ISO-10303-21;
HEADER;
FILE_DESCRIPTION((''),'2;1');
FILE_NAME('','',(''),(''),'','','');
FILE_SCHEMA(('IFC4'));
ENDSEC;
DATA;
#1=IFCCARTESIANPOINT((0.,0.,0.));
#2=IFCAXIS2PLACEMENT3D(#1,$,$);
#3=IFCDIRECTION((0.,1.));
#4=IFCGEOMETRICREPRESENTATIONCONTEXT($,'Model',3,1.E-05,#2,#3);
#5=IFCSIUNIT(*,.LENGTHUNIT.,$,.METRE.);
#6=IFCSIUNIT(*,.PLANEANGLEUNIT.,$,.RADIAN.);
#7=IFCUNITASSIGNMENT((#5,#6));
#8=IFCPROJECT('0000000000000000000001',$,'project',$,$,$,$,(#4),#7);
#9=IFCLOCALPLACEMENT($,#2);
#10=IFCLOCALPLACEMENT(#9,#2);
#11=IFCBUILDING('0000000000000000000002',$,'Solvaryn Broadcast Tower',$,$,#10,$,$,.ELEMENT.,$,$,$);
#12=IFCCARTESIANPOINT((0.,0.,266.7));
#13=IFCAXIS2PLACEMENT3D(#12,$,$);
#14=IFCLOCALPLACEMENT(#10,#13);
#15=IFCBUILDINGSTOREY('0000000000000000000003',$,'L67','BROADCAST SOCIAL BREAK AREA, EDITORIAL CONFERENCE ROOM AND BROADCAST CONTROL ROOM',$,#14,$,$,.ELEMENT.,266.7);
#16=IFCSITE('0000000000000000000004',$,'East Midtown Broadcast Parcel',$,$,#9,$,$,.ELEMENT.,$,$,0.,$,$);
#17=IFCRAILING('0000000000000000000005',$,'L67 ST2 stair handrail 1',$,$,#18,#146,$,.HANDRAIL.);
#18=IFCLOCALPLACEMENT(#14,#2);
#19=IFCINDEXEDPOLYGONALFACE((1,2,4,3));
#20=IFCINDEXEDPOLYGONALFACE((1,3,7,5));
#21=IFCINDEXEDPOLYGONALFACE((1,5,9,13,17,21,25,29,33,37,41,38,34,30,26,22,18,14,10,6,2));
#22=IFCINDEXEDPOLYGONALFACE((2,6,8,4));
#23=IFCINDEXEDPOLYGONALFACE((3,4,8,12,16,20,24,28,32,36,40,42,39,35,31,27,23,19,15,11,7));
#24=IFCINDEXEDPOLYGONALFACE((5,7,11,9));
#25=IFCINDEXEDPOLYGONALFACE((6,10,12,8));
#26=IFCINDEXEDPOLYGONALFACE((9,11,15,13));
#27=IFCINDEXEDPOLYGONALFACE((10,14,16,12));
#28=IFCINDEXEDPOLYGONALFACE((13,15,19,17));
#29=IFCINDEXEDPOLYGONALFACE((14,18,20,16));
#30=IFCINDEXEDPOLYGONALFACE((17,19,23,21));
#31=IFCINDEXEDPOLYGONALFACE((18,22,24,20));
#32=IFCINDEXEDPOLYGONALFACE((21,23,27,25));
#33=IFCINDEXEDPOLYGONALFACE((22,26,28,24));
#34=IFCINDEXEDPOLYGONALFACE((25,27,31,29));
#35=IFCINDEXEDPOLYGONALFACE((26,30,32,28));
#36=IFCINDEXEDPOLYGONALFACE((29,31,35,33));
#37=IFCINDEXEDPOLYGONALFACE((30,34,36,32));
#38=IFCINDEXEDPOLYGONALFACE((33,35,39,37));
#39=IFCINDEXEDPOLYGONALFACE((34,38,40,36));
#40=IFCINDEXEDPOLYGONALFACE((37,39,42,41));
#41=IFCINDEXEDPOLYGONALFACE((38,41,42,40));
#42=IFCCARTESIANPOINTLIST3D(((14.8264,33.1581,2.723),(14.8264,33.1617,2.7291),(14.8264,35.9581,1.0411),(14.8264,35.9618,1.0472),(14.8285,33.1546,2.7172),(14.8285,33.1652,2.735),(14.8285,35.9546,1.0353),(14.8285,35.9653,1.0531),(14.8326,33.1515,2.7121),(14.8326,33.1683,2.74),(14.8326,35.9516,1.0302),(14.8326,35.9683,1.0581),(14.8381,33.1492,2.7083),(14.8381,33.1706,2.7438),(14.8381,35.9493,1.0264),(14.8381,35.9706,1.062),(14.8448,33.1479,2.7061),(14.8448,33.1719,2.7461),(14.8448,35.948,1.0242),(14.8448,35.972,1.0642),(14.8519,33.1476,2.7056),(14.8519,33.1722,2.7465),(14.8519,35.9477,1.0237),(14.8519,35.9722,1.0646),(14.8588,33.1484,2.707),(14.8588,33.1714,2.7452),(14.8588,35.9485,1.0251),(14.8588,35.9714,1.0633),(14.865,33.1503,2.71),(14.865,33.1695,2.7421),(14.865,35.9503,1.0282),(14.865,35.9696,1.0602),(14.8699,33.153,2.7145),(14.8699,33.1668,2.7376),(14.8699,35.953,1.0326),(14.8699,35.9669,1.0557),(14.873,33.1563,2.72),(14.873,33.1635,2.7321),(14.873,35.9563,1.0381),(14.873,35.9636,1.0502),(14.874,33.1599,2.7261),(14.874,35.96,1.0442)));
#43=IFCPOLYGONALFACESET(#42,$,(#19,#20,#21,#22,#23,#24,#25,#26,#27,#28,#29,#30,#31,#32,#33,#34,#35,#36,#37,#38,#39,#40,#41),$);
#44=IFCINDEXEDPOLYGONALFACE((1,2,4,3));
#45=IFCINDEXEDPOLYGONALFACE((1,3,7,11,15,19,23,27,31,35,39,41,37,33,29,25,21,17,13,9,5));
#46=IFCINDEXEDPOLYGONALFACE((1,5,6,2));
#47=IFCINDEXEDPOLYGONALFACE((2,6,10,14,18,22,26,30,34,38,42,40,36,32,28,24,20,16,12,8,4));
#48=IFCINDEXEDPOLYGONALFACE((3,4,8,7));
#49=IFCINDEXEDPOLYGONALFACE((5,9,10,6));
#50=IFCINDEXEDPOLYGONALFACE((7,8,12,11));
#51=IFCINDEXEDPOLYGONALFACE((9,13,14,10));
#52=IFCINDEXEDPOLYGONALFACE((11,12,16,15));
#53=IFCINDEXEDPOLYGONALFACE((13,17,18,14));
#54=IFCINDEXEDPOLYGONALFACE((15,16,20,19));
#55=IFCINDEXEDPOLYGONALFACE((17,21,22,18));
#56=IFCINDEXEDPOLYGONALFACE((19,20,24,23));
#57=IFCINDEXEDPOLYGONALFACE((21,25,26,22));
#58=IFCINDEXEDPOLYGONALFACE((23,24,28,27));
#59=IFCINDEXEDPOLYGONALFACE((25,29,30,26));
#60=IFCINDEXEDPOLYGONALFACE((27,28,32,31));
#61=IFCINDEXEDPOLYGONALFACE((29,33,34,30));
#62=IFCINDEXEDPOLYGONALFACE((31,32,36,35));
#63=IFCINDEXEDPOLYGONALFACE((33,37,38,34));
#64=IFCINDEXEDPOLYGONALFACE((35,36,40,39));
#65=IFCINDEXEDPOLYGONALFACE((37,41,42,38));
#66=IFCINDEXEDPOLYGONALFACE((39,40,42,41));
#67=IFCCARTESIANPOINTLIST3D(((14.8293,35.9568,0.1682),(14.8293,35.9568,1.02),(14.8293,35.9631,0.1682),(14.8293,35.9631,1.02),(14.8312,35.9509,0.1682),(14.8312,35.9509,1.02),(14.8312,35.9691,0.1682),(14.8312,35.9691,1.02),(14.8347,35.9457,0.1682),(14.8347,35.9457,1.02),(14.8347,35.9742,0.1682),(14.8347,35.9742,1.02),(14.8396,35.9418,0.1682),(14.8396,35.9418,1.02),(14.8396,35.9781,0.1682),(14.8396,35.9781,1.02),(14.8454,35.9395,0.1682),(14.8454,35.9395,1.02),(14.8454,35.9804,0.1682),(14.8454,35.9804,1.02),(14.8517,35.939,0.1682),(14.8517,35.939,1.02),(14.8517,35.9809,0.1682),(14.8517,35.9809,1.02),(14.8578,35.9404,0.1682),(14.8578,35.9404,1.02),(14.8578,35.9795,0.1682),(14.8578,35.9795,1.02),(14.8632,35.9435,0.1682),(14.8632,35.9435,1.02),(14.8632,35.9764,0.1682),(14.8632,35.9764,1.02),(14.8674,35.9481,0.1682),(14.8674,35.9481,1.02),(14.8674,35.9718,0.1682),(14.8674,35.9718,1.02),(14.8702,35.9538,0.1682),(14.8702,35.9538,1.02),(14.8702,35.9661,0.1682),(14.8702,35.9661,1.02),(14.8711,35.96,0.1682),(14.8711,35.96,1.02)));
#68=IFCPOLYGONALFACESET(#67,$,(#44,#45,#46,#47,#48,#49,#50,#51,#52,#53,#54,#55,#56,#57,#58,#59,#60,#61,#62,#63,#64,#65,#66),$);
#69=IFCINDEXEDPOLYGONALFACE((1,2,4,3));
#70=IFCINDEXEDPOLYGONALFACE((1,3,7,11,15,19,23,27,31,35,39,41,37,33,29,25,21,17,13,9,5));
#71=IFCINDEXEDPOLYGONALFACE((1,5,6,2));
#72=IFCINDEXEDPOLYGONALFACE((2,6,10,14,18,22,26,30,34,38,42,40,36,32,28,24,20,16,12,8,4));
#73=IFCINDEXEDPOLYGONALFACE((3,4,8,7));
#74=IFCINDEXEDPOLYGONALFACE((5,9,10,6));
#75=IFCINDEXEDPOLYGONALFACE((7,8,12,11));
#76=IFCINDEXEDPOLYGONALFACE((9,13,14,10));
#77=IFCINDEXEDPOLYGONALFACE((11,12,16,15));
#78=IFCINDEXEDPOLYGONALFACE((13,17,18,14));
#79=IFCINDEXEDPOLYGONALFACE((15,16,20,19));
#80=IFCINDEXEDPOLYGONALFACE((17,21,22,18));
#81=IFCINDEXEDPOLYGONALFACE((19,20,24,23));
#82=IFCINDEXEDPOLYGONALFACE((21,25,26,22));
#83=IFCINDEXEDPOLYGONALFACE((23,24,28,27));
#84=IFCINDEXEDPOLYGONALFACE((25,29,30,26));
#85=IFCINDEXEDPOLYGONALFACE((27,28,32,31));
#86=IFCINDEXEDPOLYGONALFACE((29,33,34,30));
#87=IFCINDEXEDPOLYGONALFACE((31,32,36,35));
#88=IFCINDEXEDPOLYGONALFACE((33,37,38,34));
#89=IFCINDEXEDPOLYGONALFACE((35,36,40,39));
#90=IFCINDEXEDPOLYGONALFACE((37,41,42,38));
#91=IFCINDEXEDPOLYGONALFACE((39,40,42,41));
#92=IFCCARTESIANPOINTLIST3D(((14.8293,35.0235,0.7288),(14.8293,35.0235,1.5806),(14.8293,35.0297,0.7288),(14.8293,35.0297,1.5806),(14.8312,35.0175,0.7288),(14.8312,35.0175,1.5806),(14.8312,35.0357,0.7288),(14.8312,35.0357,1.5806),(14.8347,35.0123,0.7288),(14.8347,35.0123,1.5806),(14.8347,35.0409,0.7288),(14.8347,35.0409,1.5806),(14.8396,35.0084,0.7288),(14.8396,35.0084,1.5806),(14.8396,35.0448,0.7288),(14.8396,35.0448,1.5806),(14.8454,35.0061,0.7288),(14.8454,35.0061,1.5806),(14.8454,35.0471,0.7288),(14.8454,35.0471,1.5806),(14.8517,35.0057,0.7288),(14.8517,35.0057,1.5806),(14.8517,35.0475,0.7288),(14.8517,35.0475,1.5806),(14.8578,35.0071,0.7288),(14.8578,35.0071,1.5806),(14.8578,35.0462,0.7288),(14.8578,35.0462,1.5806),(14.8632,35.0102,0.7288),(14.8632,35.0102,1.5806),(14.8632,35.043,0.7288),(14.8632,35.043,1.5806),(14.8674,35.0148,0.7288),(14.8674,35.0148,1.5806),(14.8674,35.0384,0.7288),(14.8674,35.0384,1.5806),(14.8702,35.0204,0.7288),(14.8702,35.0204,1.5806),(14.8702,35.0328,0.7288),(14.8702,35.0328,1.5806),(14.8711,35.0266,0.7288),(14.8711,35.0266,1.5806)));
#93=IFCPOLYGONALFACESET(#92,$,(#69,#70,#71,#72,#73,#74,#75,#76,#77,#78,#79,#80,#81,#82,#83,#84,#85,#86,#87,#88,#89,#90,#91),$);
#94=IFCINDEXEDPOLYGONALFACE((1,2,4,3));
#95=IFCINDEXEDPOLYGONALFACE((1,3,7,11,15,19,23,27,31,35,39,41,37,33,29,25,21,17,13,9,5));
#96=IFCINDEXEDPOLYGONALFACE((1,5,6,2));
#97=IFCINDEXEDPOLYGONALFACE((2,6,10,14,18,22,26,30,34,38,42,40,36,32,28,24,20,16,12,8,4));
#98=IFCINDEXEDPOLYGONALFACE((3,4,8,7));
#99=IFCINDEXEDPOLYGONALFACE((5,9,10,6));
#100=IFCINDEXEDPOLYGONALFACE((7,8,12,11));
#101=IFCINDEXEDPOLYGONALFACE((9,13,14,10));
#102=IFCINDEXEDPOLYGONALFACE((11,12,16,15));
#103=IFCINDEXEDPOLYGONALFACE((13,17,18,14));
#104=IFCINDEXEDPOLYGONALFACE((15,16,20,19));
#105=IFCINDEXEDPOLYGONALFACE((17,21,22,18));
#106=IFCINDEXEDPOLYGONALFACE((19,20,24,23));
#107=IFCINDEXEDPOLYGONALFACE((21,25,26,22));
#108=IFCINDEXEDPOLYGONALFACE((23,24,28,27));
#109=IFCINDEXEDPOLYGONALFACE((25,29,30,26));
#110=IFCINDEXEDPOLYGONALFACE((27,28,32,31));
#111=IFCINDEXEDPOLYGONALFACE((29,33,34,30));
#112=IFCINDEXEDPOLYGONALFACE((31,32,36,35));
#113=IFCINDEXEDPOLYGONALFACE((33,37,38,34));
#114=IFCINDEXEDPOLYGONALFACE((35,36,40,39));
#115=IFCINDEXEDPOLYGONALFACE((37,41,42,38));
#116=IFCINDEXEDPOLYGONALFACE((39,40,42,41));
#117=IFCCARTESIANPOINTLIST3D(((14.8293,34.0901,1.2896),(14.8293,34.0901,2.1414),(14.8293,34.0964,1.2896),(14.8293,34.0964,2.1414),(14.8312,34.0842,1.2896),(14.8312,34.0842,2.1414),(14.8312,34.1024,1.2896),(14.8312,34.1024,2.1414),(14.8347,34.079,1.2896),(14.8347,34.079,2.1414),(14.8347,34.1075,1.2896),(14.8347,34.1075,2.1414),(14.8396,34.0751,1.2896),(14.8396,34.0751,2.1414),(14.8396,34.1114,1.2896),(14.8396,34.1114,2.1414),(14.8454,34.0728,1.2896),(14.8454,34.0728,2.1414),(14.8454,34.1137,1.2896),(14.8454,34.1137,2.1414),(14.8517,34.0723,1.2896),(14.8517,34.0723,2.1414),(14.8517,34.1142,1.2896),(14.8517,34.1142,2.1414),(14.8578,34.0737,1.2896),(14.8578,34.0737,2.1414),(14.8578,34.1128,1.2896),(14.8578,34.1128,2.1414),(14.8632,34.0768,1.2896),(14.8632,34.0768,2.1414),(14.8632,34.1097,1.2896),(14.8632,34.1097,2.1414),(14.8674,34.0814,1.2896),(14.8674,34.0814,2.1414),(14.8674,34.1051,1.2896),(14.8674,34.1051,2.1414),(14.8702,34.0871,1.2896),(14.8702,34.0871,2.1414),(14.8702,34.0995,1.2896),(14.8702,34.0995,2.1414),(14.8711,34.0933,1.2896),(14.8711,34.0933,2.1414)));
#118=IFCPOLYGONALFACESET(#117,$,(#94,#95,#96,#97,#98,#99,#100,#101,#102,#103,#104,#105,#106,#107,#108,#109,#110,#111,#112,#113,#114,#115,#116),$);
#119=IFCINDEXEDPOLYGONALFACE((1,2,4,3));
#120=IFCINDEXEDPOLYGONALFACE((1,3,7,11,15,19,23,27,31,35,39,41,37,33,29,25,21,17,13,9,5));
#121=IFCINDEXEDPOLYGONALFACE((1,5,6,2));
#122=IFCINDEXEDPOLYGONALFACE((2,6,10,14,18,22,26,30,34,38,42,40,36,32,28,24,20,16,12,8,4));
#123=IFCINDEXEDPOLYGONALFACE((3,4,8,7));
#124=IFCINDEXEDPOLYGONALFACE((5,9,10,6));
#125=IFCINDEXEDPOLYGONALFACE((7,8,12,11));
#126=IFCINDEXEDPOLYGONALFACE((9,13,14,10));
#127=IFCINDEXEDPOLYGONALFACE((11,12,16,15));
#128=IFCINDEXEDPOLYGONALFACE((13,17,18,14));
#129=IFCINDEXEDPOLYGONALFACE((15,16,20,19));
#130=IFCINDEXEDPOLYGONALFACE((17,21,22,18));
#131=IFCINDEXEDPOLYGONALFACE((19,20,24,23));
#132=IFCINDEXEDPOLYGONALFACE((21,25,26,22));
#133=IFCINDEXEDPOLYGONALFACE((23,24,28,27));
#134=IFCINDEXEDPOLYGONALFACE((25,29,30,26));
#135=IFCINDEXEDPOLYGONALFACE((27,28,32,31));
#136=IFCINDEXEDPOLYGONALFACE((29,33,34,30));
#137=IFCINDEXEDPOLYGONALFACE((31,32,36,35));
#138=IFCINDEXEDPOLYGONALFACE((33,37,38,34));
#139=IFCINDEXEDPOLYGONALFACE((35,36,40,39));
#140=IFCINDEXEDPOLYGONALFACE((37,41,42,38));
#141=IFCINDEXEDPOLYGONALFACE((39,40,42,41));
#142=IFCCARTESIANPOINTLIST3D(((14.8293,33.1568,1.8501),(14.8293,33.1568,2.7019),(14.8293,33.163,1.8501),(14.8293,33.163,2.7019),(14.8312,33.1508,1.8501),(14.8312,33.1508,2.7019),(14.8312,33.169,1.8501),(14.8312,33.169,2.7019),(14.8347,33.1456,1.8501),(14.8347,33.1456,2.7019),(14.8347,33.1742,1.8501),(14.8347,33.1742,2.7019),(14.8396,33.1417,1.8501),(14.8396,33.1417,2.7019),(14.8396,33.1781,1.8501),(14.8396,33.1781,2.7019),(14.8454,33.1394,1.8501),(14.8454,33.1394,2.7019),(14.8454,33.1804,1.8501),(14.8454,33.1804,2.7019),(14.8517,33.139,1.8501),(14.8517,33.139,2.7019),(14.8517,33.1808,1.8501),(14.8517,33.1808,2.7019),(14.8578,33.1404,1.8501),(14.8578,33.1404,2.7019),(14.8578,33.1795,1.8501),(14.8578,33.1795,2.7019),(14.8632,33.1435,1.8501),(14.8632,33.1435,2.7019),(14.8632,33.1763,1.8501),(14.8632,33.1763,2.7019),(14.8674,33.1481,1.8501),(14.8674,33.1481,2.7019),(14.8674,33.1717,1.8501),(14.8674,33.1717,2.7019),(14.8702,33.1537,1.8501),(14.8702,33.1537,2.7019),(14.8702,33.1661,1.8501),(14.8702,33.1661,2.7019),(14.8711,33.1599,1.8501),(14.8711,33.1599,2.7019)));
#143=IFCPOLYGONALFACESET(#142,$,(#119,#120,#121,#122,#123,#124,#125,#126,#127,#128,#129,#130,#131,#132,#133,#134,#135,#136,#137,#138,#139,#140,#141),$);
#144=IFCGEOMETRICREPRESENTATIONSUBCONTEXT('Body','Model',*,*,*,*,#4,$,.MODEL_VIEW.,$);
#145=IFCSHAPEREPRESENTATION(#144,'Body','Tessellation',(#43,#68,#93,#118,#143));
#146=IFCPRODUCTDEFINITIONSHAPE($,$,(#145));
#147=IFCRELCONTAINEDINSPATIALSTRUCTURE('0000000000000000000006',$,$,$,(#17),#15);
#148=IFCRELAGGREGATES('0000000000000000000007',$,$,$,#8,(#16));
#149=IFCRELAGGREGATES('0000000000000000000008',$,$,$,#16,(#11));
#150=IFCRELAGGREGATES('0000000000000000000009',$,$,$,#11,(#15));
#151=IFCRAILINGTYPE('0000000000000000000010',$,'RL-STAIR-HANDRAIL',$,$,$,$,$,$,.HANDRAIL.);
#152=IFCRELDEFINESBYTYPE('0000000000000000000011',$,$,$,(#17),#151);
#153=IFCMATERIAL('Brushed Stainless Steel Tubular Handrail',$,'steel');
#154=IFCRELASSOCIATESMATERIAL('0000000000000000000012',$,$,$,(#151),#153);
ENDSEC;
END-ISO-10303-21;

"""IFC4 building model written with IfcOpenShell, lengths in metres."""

from ifc_helpers import new_model, si_unit, direction, frame, origin, origin_2d, place, context, subcontext, project, spatial, circle, extrude, material, type_object, element, save


model = new_model("IFC4")

# Units and contexts
model_context = context("Model", 3, precision=1e-05, world=origin(), true_north=direction((0.0, 1.0)))
body_context = subcontext(model_context, "Body", "Model", "MODEL_VIEW")
ifc_project = project(units=[si_unit("LENGTHUNIT", "METRE"), si_unit("PLANEANGLEUNIT", "RADIAN")], contexts=[model_context])

# Site, building, storey
site_placement = place(None, origin())
site = spatial("IfcSite", under=ifc_project, at=site_placement, Name="East Midtown Broadcast Parcel", CompositionType="ELEMENT", RefElevation=0.0)
building_placement = place(site_placement, origin())
building = spatial("IfcBuilding", under=site, at=building_placement, Name="Solvaryn Broadcast Tower", CompositionType="ELEMENT")
storey_placement = place(building_placement, frame((0.0, 0.0, 266.7)))
storey = spatial("IfcBuildingStorey", under=building, at=storey_placement, Name="L67", Description="BROADCAST SOCIAL BREAK AREA, EDITORIAL CONFERENCE ROOM AND BROADCAST CONTROL ROOM", CompositionType="ELEMENT", Elevation=266.7)

# Railing
ifc_material_1 = material(Name="Brushed Stainless Steel Tubular Handrail", Category="steel")
railing_type_1 = type_object("IfcRailingType", Name="RL-STAIR-HANDRAIL", PredefinedType="HANDRAIL", material=ifc_material_1)
railing_1_placement = place(storey_placement, frame((14.8501, 35.96, 0.1682)))
element("IfcRailing", 1, at=railing_1_placement, inside=storey, type_object=railing_type_1, Name="L67 ST2 stair handrail 1", PredefinedType="HANDRAIL", context=body_context, shape_type="SweptSolid", body=[
    extrude(circle(Radius=0.0239, at=origin_2d()), frame((0.0, 0.0, 0.876), z_axis=(0.0, -0.857242, 0.514913), x_axis=(1.0, 0.0, 0.0)), (0.0, 0.0, 1.0), 3.2664),
    extrude(circle(Radius=0.021, at=origin_2d()), origin(), (0.0, 0.0, 1.0), 0.8518),
    extrude(circle(Radius=0.021, at=origin_2d()), frame((0.0, -0.9333, 0.5605)), (0.0, 0.0, 1.0), 0.8518),
    extrude(circle(Radius=0.021, at=origin_2d()), frame((0.0, -1.8667, 1.1213)), (0.0, 0.0, 1.0), 0.8518),
    extrude(circle(Radius=0.021, at=origin_2d()), frame((0.0, -2.8, 1.6819)), (0.0, 0.0, 1.0), 0.8518),
])

save(model, "model.ifc")
